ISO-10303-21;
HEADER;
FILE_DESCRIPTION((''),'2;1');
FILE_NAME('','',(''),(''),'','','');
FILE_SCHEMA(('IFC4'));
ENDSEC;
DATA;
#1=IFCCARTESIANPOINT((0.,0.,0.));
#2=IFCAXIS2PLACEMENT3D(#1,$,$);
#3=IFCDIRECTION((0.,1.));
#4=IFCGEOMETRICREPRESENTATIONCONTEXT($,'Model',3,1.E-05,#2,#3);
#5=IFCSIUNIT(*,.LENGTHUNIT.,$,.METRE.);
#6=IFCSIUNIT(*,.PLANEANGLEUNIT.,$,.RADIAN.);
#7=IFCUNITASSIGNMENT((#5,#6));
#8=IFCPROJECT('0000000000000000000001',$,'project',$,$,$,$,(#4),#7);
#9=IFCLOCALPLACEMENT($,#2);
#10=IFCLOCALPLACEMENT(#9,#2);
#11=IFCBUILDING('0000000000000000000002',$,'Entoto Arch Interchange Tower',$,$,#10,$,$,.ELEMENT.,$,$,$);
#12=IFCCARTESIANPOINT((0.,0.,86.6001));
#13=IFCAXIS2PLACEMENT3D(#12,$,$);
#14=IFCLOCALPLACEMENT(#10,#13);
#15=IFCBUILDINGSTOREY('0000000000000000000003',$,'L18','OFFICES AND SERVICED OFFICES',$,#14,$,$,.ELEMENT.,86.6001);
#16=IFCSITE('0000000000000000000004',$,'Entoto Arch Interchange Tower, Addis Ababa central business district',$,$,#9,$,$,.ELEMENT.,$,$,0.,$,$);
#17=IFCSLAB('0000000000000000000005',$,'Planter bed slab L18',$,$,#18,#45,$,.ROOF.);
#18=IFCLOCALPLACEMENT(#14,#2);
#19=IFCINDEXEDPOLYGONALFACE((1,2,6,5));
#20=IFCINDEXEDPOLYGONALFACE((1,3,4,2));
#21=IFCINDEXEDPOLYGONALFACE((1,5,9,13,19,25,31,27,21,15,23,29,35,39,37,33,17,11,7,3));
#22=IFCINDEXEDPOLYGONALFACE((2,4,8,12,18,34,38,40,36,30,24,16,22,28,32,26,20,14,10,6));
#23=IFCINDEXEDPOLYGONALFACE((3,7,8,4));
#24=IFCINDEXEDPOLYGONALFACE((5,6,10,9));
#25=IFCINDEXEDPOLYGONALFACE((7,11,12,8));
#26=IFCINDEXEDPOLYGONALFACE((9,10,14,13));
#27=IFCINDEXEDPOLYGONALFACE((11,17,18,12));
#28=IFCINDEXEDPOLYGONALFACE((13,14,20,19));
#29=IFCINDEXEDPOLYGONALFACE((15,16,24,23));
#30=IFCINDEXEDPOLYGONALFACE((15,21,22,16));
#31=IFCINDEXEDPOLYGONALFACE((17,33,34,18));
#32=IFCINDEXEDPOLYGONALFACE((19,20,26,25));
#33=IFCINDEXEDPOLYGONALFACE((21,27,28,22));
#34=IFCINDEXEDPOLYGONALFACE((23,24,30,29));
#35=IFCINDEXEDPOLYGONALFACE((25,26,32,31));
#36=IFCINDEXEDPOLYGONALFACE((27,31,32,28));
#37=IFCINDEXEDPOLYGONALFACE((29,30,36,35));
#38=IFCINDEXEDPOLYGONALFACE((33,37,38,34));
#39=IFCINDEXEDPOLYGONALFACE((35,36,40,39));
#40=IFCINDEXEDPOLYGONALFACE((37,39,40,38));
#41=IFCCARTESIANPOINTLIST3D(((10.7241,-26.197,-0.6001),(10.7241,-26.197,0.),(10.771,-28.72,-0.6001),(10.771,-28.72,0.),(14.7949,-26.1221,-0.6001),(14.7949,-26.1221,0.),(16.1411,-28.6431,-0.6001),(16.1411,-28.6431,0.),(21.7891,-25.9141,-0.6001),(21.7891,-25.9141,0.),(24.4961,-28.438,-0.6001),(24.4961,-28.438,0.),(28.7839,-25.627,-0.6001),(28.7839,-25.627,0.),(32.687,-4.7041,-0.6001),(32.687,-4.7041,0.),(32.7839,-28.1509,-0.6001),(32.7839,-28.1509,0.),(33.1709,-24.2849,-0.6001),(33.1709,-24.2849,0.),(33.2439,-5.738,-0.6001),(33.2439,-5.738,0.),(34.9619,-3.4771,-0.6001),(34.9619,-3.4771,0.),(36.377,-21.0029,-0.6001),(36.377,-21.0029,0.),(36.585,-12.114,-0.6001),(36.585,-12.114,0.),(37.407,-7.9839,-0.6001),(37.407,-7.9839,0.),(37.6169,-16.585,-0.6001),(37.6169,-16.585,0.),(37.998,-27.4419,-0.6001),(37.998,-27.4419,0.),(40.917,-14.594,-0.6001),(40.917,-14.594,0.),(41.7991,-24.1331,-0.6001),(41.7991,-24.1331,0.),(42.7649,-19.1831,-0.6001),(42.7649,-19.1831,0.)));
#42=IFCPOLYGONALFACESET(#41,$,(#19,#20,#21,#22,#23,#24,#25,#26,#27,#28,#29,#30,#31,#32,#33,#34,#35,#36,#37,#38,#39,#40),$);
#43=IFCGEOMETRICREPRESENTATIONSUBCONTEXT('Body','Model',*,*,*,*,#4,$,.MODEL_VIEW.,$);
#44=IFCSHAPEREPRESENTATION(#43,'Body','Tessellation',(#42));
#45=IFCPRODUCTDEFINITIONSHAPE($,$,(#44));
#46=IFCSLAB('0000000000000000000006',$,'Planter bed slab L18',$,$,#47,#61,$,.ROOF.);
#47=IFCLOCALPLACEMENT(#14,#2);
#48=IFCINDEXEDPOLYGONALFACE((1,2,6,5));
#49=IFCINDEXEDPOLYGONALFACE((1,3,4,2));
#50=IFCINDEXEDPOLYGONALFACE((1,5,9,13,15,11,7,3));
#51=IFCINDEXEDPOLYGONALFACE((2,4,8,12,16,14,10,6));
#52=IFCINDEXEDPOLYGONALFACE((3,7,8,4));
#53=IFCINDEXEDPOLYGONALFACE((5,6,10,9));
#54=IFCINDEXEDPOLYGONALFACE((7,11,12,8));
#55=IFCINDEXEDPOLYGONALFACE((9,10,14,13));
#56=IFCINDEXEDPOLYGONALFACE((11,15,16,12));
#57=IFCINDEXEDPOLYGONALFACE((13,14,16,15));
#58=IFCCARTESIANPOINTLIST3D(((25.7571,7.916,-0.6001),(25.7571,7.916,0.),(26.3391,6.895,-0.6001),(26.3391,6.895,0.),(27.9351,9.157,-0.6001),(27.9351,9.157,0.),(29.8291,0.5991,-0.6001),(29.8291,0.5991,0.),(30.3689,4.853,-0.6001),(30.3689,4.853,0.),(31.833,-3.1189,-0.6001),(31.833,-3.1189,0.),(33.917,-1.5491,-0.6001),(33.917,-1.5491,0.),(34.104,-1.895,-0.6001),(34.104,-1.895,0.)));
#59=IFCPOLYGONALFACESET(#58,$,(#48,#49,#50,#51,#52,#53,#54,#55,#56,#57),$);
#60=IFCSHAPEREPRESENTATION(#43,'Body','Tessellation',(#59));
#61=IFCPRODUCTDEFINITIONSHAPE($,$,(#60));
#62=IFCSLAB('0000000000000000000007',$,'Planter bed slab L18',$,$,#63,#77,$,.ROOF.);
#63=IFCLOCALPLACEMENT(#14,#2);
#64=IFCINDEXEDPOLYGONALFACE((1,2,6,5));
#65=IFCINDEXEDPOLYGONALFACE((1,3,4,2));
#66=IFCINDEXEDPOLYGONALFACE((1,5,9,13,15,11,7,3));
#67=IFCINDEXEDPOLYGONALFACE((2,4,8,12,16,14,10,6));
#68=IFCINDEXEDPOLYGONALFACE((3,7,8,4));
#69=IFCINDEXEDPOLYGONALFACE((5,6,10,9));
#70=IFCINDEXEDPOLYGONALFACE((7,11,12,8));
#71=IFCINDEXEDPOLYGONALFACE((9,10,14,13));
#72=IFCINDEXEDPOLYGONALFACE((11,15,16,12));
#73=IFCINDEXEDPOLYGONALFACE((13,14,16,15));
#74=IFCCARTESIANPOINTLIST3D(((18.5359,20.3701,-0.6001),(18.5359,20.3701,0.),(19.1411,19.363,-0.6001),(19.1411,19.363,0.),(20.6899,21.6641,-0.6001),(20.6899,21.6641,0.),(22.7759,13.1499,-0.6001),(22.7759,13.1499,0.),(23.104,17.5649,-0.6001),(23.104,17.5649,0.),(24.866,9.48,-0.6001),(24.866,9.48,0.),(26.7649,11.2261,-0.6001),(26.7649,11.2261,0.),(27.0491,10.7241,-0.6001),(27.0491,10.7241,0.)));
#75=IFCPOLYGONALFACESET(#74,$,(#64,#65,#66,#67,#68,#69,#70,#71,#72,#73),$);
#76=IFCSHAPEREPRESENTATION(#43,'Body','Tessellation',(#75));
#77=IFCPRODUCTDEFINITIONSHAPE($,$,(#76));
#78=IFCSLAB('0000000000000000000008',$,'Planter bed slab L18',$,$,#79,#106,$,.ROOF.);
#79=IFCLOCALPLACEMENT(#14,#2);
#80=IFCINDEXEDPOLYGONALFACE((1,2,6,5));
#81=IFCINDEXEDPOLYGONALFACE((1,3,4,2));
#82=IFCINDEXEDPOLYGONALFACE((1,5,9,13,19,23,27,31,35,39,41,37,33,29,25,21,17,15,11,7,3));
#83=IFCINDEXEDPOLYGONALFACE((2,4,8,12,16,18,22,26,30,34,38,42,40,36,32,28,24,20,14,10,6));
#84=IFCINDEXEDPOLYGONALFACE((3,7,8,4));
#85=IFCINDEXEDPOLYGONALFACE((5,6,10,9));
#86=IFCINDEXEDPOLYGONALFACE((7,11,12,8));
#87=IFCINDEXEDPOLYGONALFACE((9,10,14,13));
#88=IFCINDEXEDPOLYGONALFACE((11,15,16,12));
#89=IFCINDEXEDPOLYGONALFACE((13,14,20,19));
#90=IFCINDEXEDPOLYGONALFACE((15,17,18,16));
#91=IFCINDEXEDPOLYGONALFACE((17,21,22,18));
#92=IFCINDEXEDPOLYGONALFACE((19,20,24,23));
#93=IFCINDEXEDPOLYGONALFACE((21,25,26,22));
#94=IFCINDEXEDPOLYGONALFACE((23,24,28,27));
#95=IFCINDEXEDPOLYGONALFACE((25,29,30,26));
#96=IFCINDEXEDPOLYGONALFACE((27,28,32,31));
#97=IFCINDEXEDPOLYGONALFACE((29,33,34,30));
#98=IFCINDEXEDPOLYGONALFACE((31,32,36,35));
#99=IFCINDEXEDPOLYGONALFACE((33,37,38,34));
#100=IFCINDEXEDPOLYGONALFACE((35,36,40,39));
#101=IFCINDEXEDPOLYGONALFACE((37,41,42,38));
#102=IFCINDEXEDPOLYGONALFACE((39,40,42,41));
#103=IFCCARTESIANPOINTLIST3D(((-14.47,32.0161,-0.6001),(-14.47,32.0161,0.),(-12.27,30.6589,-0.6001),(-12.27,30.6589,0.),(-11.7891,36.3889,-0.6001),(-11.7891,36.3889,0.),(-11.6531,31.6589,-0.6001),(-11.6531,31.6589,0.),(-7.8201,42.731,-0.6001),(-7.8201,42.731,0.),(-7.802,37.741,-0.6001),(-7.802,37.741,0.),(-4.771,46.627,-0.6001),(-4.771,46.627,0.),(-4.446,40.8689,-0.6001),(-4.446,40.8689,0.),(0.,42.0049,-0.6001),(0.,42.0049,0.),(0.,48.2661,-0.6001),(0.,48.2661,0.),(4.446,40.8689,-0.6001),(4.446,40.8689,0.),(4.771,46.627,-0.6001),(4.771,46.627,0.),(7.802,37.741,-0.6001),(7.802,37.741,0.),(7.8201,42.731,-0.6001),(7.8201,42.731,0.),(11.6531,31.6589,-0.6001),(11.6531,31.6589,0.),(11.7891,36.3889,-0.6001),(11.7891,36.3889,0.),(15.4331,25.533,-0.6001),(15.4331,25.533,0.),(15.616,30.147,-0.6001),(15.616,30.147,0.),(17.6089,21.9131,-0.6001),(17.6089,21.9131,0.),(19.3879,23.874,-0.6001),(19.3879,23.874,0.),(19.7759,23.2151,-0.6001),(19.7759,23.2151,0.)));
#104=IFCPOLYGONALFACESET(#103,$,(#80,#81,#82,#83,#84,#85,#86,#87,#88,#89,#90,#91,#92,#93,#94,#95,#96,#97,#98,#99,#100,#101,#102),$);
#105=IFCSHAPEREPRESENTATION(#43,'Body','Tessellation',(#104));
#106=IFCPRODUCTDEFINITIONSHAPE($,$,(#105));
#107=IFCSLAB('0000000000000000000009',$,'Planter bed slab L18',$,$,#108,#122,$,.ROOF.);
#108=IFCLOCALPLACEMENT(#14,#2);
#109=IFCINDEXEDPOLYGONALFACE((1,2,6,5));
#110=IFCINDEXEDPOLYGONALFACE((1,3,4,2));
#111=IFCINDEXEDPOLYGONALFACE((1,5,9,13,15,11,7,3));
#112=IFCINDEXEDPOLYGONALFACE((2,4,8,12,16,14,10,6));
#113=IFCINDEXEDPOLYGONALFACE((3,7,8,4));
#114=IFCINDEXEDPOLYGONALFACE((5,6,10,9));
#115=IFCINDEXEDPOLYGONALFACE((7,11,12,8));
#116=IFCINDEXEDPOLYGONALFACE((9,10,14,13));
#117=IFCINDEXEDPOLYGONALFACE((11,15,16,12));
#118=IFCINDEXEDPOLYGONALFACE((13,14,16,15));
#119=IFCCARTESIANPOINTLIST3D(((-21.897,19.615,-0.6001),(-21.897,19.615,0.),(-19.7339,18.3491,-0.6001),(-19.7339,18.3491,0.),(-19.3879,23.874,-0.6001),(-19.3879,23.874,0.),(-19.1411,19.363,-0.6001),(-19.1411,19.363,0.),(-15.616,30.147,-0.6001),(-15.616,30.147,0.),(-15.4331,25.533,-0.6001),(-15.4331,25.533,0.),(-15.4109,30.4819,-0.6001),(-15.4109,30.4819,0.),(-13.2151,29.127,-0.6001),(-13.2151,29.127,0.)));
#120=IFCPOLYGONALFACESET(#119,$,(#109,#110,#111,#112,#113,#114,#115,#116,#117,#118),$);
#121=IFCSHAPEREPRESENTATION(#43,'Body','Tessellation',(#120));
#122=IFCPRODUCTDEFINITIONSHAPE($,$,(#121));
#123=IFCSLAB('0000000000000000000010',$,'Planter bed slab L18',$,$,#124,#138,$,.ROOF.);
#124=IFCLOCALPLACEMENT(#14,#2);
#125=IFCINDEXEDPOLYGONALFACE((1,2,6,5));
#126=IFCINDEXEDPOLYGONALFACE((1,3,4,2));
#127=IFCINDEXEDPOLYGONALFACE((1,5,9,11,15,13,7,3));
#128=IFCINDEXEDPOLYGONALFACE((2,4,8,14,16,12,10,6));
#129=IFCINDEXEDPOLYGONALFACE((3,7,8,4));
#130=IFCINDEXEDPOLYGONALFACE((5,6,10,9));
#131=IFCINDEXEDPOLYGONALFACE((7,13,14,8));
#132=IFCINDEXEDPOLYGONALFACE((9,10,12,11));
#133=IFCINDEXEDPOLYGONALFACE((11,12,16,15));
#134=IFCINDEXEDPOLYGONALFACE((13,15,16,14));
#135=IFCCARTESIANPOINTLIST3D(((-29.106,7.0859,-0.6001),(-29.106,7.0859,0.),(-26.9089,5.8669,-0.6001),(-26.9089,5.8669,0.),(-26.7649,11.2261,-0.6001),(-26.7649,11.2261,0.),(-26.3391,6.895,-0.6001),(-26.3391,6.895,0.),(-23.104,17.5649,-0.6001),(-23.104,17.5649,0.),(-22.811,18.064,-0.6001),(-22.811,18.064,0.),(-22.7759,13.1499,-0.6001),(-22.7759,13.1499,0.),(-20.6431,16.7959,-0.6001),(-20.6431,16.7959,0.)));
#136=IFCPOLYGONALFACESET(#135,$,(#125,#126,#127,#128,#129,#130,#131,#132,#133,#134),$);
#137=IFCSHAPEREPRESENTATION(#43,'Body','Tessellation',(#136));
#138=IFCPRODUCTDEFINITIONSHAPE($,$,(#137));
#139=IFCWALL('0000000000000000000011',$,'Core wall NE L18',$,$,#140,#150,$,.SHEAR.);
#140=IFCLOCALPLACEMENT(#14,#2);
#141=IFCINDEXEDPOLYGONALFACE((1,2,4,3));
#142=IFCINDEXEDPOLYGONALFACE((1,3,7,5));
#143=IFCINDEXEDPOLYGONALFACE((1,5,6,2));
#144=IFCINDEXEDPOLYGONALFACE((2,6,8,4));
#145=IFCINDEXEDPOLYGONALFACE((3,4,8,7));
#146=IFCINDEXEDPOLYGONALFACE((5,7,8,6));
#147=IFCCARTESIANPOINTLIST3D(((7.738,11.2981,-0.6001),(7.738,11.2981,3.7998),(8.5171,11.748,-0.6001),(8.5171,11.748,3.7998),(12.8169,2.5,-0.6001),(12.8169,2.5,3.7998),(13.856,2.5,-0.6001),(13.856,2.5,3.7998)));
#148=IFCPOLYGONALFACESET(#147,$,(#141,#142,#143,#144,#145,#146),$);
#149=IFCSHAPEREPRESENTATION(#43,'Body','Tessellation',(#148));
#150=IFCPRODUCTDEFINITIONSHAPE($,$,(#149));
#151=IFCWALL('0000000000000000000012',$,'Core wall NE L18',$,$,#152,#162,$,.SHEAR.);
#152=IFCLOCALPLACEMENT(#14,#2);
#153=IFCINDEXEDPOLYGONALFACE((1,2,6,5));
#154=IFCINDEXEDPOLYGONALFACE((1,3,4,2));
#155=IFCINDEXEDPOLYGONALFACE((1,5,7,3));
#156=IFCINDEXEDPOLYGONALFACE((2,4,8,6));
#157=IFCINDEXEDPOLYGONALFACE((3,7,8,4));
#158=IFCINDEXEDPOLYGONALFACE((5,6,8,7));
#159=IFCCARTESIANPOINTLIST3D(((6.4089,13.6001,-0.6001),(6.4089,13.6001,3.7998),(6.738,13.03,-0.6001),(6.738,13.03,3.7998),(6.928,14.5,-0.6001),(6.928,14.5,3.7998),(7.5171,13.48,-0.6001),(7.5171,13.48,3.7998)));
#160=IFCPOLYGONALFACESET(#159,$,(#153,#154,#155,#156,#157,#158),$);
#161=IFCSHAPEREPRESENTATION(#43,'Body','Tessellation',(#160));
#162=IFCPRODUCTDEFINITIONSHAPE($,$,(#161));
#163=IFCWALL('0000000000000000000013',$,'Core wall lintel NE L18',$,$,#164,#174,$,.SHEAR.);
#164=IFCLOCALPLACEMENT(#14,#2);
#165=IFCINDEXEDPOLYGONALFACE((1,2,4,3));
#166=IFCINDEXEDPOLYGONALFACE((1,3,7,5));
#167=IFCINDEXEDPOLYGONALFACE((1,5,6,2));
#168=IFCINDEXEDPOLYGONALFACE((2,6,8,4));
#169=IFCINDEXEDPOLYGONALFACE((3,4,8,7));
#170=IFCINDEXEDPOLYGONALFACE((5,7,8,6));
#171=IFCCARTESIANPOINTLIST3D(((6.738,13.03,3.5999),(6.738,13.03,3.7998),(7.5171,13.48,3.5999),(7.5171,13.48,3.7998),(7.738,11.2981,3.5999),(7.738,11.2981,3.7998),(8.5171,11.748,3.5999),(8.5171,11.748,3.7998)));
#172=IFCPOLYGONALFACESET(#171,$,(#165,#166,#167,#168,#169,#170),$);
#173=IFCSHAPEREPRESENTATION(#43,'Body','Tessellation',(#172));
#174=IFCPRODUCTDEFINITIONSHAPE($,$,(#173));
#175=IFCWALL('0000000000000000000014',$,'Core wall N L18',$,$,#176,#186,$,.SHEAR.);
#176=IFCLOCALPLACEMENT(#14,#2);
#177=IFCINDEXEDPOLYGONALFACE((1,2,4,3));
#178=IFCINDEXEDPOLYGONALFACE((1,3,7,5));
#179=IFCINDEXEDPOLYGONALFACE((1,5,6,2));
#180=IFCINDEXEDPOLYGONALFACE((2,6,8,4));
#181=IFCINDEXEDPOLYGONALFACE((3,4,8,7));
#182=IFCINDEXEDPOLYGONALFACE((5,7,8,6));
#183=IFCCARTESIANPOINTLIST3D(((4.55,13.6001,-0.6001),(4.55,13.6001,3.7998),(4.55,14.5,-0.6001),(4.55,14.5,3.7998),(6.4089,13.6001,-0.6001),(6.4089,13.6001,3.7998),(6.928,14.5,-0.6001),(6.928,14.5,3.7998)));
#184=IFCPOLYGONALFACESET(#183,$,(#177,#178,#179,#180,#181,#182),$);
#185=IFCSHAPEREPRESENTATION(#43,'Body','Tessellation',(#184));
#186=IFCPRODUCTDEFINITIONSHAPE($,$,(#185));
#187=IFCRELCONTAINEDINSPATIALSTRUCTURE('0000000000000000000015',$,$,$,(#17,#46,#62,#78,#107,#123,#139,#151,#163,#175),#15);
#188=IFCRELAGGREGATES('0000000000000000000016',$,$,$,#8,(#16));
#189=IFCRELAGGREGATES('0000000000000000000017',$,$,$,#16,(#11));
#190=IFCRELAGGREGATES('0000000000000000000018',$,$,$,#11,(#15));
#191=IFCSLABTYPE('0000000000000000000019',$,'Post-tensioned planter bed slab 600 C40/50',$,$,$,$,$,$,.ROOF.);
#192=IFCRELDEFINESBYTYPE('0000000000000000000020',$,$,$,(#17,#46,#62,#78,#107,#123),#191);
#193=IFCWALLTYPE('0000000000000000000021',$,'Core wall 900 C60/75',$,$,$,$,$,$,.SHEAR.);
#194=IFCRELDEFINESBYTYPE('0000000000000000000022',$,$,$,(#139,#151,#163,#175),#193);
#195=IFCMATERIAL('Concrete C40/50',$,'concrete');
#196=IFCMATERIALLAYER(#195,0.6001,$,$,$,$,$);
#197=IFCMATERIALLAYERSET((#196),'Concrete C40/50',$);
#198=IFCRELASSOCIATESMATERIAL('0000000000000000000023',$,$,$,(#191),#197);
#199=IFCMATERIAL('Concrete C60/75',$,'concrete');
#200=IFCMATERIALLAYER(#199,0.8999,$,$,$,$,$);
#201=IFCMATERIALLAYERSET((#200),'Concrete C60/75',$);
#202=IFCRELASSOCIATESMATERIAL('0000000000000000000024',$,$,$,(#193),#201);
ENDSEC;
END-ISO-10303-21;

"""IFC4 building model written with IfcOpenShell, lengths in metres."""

from ifc_helpers import new_model, si_unit, direction, frame, origin, place, context, subcontext, project, spatial, polyline, outline, extrude, material, layer, layer_set, type_object, element, save


model = new_model("IFC4")

# Units and contexts
model_context = context("Model", 3, precision=1e-05, world=origin(), true_north=direction((0.0, 1.0)))
body_context = subcontext(model_context, "Body", "Model", "MODEL_VIEW")
ifc_project = project(units=[si_unit("LENGTHUNIT", "METRE"), si_unit("PLANEANGLEUNIT", "RADIAN")], contexts=[model_context])

# Site, building, storey
site_placement = place(None, origin())
site = spatial("IfcSite", under=ifc_project, at=site_placement, Name="Entoto Arch Interchange Tower, Addis Ababa central business district", CompositionType="ELEMENT", RefElevation=0.0)
building_placement = place(site_placement, origin())
building = spatial("IfcBuilding", under=site, at=building_placement, Name="Entoto Arch Interchange Tower", CompositionType="ELEMENT")
storey_placement = place(building_placement, frame((0.0, 0.0, 86.6001)))
storey = spatial("IfcBuildingStorey", under=building, at=storey_placement, Name="L18", Description="OFFICES AND SERVICED OFFICES", CompositionType="ELEMENT", Elevation=86.6001)

# Slabs
ifc_material_1 = material(Name="Concrete C40/50", Category="concrete")
ifc_layer_1 = layer(ifc_material_1, 0.6001)
ifc_layer_set_1 = layer_set([ifc_layer_1], Name="Concrete C40/50")
slab_type = type_object("IfcSlabType", Name="Post-tensioned planter bed slab 600 C40/50", PredefinedType="ROOF", material=ifc_layer_set_1)
slab_1_placement = place(storey_placement, frame((0.0, 0.0, -0.6001)))
element("IfcSlab", 1, at=slab_1_placement, inside=storey, type_object=slab_type, Name="Planter bed slab L18", PredefinedType="ROOF", context=body_context, shape_type="SweptSolid", body=[
    extrude(outline(polyline([(14.7949, -26.1221), (10.7241, -26.197), (10.771, -28.72), (16.1411, -28.6431), (24.4961, -28.438), (32.7839, -28.1509), (37.998, -27.4419), (41.7991, -24.1331), (42.7649, -19.1831), (40.917, -14.594), (37.407, -7.9839), (34.9619, -3.4771), (32.687, -4.7041), (33.2439, -5.738), (36.585, -12.114), (37.6169, -16.585), (36.377, -21.0029), (33.1709, -24.2849), (28.7839, -25.627), (21.7891, -25.9141), (14.7949, -26.1221)])), origin(), (0.0, 0.0, 1.0), 0.6001),
])
slab_2_placement = place(storey_placement, frame((0.0, 0.0, -0.6001)))
element("IfcSlab", 2, at=slab_2_placement, inside=storey, type_object=slab_type, Name="Planter bed slab L18", PredefinedType="ROOF", context=body_context, shape_type="SweptSolid", body=[
    extrude(outline(polyline([(29.8291, 0.5991), (31.833, -3.1189), (34.104, -1.895), (33.917, -1.5491), (30.3689, 4.853), (27.9351, 9.157), (25.7571, 7.916), (26.3391, 6.895), (29.8291, 0.5991)])), origin(), (0.0, 0.0, 1.0), 0.6001),
])
slab_3_placement = place(storey_placement, frame((0.0, 0.0, -0.6001)))
element("IfcSlab", 3, at=slab_3_placement, inside=storey, type_object=slab_type, Name="Planter bed slab L18", PredefinedType="ROOF", context=body_context, shape_type="SweptSolid", body=[
    extrude(outline(polyline([(22.7759, 13.1499), (24.866, 9.48), (27.0491, 10.7241), (26.7649, 11.2261), (23.104, 17.5649), (20.6899, 21.6641), (18.5359, 20.3701), (19.1411, 19.363), (22.7759, 13.1499)])), origin(), (0.0, 0.0, 1.0), 0.6001),
])
slab_4_placement = place(storey_placement, frame((0.0, 0.0, -0.6001)))
element("IfcSlab", 4, at=slab_4_placement, inside=storey, type_object=slab_type, Name="Planter bed slab L18", PredefinedType="ROOF", context=body_context, shape_type="SweptSolid", body=[
    extrude(outline(polyline([(15.4331, 25.533), (17.6089, 21.9131), (19.7759, 23.2151), (19.3879, 23.874), (15.616, 30.147), (11.7891, 36.3889), (7.8201, 42.731), (4.771, 46.627), (0.0, 48.2661), (-4.771, 46.627), (-7.8201, 42.731), (-11.7891, 36.3889), (-14.47, 32.0161), (-12.27, 30.6589), (-11.6531, 31.6589), (-7.802, 37.741), (-4.446, 40.8689), (0.0, 42.0049), (4.446, 40.8689), (7.802, 37.741), (11.6531, 31.6589), (15.4331, 25.533)])), origin(), (0.0, 0.0, 1.0), 0.6001),
])
slab_5_placement = place(storey_placement, frame((0.0, 0.0, -0.6001)))
element("IfcSlab", 5, at=slab_5_placement, inside=storey, type_object=slab_type, Name="Planter bed slab L18", PredefinedType="ROOF", context=body_context, shape_type="SweptSolid", body=[
    extrude(outline(polyline([(-15.4331, 25.533), (-13.2151, 29.127), (-15.4109, 30.4819), (-15.616, 30.147), (-19.3879, 23.874), (-21.897, 19.615), (-19.7339, 18.3491), (-19.1411, 19.363), (-15.4331, 25.533)])), origin(), (0.0, 0.0, 1.0), 0.6001),
])
slab_6_placement = place(storey_placement, frame((0.0, 0.0, -0.6001)))
element("IfcSlab", 6, at=slab_6_placement, inside=storey, type_object=slab_type, Name="Planter bed slab L18", PredefinedType="ROOF", context=body_context, shape_type="SweptSolid", body=[
    extrude(outline(polyline([(-22.7759, 13.1499), (-20.6431, 16.7959), (-22.811, 18.064), (-23.104, 17.5649), (-26.7649, 11.2261), (-29.106, 7.0859), (-26.9089, 5.8669), (-26.3391, 6.895), (-22.7759, 13.1499)])), origin(), (0.0, 0.0, 1.0), 0.6001),
])

# Walls
ifc_material_2 = material(Name="Concrete C60/75", Category="concrete")
ifc_layer_2 = layer(ifc_material_2, 0.8999)
ifc_layer_set_2 = layer_set([ifc_layer_2], Name="Concrete C60/75")
wall_type_1 = type_object("IfcWallType", Name="Core wall 900 C60/75", PredefinedType="SHEAR", material=ifc_layer_set_2)
wall_1_placement = place(storey_placement, frame((0.0, 0.0, -0.6001)))
element("IfcWall", 7, at=wall_1_placement, inside=storey, type_object=wall_type_1, Name="Core wall NE L18", PredefinedType="SHEAR", context=body_context, shape_type="SweptSolid", body=[
    extrude(outline(polyline([(8.5171, 11.748), (7.738, 11.2981), (12.8169, 2.5), (13.856, 2.5), (8.5171, 11.748)])), origin(), (0.0, 0.0, 1.0), 4.3999),
])
wall_2_placement = place(storey_placement, frame((0.0, 0.0, -0.6001)))
element("IfcWall", 8, at=wall_2_placement, inside=storey, type_object=wall_type_1, Name="Core wall NE L18", PredefinedType="SHEAR", context=body_context, shape_type="SweptSolid", body=[
    extrude(outline(polyline([(6.738, 13.03), (7.5171, 13.48), (6.928, 14.5), (6.4089, 13.6001), (6.738, 13.03)])), origin(), (0.0, 0.0, 1.0), 4.3999),
])
wall_3_placement = place(storey_placement, frame((0.0, 0.0, 3.5999)))
element("IfcWall", 9, at=wall_3_placement, inside=storey, type_object=wall_type_1, Name="Core wall lintel NE L18", PredefinedType="SHEAR", context=body_context, shape_type="SweptSolid", body=[
    extrude(outline(polyline([(7.5171, 13.48), (6.738, 13.03), (7.738, 11.2981), (8.5171, 11.748), (7.5171, 13.48)])), origin(), (0.0, 0.0, 1.0), 0.2),
])
wall_4_placement = place(storey_placement, frame((0.0, 0.0, -0.6001)))
element("IfcWall", 10, at=wall_4_placement, inside=storey, type_object=wall_type_1, Name="Core wall N L18", PredefinedType="SHEAR", context=body_context, shape_type="SweptSolid", body=[
    extrude(outline(polyline([(4.55, 14.5), (4.55, 13.6001), (6.4089, 13.6001), (6.928, 14.5), (4.55, 14.5)])), origin(), (0.0, 0.0, 1.0), 4.3999),
])

save(model, "model.ifc")
